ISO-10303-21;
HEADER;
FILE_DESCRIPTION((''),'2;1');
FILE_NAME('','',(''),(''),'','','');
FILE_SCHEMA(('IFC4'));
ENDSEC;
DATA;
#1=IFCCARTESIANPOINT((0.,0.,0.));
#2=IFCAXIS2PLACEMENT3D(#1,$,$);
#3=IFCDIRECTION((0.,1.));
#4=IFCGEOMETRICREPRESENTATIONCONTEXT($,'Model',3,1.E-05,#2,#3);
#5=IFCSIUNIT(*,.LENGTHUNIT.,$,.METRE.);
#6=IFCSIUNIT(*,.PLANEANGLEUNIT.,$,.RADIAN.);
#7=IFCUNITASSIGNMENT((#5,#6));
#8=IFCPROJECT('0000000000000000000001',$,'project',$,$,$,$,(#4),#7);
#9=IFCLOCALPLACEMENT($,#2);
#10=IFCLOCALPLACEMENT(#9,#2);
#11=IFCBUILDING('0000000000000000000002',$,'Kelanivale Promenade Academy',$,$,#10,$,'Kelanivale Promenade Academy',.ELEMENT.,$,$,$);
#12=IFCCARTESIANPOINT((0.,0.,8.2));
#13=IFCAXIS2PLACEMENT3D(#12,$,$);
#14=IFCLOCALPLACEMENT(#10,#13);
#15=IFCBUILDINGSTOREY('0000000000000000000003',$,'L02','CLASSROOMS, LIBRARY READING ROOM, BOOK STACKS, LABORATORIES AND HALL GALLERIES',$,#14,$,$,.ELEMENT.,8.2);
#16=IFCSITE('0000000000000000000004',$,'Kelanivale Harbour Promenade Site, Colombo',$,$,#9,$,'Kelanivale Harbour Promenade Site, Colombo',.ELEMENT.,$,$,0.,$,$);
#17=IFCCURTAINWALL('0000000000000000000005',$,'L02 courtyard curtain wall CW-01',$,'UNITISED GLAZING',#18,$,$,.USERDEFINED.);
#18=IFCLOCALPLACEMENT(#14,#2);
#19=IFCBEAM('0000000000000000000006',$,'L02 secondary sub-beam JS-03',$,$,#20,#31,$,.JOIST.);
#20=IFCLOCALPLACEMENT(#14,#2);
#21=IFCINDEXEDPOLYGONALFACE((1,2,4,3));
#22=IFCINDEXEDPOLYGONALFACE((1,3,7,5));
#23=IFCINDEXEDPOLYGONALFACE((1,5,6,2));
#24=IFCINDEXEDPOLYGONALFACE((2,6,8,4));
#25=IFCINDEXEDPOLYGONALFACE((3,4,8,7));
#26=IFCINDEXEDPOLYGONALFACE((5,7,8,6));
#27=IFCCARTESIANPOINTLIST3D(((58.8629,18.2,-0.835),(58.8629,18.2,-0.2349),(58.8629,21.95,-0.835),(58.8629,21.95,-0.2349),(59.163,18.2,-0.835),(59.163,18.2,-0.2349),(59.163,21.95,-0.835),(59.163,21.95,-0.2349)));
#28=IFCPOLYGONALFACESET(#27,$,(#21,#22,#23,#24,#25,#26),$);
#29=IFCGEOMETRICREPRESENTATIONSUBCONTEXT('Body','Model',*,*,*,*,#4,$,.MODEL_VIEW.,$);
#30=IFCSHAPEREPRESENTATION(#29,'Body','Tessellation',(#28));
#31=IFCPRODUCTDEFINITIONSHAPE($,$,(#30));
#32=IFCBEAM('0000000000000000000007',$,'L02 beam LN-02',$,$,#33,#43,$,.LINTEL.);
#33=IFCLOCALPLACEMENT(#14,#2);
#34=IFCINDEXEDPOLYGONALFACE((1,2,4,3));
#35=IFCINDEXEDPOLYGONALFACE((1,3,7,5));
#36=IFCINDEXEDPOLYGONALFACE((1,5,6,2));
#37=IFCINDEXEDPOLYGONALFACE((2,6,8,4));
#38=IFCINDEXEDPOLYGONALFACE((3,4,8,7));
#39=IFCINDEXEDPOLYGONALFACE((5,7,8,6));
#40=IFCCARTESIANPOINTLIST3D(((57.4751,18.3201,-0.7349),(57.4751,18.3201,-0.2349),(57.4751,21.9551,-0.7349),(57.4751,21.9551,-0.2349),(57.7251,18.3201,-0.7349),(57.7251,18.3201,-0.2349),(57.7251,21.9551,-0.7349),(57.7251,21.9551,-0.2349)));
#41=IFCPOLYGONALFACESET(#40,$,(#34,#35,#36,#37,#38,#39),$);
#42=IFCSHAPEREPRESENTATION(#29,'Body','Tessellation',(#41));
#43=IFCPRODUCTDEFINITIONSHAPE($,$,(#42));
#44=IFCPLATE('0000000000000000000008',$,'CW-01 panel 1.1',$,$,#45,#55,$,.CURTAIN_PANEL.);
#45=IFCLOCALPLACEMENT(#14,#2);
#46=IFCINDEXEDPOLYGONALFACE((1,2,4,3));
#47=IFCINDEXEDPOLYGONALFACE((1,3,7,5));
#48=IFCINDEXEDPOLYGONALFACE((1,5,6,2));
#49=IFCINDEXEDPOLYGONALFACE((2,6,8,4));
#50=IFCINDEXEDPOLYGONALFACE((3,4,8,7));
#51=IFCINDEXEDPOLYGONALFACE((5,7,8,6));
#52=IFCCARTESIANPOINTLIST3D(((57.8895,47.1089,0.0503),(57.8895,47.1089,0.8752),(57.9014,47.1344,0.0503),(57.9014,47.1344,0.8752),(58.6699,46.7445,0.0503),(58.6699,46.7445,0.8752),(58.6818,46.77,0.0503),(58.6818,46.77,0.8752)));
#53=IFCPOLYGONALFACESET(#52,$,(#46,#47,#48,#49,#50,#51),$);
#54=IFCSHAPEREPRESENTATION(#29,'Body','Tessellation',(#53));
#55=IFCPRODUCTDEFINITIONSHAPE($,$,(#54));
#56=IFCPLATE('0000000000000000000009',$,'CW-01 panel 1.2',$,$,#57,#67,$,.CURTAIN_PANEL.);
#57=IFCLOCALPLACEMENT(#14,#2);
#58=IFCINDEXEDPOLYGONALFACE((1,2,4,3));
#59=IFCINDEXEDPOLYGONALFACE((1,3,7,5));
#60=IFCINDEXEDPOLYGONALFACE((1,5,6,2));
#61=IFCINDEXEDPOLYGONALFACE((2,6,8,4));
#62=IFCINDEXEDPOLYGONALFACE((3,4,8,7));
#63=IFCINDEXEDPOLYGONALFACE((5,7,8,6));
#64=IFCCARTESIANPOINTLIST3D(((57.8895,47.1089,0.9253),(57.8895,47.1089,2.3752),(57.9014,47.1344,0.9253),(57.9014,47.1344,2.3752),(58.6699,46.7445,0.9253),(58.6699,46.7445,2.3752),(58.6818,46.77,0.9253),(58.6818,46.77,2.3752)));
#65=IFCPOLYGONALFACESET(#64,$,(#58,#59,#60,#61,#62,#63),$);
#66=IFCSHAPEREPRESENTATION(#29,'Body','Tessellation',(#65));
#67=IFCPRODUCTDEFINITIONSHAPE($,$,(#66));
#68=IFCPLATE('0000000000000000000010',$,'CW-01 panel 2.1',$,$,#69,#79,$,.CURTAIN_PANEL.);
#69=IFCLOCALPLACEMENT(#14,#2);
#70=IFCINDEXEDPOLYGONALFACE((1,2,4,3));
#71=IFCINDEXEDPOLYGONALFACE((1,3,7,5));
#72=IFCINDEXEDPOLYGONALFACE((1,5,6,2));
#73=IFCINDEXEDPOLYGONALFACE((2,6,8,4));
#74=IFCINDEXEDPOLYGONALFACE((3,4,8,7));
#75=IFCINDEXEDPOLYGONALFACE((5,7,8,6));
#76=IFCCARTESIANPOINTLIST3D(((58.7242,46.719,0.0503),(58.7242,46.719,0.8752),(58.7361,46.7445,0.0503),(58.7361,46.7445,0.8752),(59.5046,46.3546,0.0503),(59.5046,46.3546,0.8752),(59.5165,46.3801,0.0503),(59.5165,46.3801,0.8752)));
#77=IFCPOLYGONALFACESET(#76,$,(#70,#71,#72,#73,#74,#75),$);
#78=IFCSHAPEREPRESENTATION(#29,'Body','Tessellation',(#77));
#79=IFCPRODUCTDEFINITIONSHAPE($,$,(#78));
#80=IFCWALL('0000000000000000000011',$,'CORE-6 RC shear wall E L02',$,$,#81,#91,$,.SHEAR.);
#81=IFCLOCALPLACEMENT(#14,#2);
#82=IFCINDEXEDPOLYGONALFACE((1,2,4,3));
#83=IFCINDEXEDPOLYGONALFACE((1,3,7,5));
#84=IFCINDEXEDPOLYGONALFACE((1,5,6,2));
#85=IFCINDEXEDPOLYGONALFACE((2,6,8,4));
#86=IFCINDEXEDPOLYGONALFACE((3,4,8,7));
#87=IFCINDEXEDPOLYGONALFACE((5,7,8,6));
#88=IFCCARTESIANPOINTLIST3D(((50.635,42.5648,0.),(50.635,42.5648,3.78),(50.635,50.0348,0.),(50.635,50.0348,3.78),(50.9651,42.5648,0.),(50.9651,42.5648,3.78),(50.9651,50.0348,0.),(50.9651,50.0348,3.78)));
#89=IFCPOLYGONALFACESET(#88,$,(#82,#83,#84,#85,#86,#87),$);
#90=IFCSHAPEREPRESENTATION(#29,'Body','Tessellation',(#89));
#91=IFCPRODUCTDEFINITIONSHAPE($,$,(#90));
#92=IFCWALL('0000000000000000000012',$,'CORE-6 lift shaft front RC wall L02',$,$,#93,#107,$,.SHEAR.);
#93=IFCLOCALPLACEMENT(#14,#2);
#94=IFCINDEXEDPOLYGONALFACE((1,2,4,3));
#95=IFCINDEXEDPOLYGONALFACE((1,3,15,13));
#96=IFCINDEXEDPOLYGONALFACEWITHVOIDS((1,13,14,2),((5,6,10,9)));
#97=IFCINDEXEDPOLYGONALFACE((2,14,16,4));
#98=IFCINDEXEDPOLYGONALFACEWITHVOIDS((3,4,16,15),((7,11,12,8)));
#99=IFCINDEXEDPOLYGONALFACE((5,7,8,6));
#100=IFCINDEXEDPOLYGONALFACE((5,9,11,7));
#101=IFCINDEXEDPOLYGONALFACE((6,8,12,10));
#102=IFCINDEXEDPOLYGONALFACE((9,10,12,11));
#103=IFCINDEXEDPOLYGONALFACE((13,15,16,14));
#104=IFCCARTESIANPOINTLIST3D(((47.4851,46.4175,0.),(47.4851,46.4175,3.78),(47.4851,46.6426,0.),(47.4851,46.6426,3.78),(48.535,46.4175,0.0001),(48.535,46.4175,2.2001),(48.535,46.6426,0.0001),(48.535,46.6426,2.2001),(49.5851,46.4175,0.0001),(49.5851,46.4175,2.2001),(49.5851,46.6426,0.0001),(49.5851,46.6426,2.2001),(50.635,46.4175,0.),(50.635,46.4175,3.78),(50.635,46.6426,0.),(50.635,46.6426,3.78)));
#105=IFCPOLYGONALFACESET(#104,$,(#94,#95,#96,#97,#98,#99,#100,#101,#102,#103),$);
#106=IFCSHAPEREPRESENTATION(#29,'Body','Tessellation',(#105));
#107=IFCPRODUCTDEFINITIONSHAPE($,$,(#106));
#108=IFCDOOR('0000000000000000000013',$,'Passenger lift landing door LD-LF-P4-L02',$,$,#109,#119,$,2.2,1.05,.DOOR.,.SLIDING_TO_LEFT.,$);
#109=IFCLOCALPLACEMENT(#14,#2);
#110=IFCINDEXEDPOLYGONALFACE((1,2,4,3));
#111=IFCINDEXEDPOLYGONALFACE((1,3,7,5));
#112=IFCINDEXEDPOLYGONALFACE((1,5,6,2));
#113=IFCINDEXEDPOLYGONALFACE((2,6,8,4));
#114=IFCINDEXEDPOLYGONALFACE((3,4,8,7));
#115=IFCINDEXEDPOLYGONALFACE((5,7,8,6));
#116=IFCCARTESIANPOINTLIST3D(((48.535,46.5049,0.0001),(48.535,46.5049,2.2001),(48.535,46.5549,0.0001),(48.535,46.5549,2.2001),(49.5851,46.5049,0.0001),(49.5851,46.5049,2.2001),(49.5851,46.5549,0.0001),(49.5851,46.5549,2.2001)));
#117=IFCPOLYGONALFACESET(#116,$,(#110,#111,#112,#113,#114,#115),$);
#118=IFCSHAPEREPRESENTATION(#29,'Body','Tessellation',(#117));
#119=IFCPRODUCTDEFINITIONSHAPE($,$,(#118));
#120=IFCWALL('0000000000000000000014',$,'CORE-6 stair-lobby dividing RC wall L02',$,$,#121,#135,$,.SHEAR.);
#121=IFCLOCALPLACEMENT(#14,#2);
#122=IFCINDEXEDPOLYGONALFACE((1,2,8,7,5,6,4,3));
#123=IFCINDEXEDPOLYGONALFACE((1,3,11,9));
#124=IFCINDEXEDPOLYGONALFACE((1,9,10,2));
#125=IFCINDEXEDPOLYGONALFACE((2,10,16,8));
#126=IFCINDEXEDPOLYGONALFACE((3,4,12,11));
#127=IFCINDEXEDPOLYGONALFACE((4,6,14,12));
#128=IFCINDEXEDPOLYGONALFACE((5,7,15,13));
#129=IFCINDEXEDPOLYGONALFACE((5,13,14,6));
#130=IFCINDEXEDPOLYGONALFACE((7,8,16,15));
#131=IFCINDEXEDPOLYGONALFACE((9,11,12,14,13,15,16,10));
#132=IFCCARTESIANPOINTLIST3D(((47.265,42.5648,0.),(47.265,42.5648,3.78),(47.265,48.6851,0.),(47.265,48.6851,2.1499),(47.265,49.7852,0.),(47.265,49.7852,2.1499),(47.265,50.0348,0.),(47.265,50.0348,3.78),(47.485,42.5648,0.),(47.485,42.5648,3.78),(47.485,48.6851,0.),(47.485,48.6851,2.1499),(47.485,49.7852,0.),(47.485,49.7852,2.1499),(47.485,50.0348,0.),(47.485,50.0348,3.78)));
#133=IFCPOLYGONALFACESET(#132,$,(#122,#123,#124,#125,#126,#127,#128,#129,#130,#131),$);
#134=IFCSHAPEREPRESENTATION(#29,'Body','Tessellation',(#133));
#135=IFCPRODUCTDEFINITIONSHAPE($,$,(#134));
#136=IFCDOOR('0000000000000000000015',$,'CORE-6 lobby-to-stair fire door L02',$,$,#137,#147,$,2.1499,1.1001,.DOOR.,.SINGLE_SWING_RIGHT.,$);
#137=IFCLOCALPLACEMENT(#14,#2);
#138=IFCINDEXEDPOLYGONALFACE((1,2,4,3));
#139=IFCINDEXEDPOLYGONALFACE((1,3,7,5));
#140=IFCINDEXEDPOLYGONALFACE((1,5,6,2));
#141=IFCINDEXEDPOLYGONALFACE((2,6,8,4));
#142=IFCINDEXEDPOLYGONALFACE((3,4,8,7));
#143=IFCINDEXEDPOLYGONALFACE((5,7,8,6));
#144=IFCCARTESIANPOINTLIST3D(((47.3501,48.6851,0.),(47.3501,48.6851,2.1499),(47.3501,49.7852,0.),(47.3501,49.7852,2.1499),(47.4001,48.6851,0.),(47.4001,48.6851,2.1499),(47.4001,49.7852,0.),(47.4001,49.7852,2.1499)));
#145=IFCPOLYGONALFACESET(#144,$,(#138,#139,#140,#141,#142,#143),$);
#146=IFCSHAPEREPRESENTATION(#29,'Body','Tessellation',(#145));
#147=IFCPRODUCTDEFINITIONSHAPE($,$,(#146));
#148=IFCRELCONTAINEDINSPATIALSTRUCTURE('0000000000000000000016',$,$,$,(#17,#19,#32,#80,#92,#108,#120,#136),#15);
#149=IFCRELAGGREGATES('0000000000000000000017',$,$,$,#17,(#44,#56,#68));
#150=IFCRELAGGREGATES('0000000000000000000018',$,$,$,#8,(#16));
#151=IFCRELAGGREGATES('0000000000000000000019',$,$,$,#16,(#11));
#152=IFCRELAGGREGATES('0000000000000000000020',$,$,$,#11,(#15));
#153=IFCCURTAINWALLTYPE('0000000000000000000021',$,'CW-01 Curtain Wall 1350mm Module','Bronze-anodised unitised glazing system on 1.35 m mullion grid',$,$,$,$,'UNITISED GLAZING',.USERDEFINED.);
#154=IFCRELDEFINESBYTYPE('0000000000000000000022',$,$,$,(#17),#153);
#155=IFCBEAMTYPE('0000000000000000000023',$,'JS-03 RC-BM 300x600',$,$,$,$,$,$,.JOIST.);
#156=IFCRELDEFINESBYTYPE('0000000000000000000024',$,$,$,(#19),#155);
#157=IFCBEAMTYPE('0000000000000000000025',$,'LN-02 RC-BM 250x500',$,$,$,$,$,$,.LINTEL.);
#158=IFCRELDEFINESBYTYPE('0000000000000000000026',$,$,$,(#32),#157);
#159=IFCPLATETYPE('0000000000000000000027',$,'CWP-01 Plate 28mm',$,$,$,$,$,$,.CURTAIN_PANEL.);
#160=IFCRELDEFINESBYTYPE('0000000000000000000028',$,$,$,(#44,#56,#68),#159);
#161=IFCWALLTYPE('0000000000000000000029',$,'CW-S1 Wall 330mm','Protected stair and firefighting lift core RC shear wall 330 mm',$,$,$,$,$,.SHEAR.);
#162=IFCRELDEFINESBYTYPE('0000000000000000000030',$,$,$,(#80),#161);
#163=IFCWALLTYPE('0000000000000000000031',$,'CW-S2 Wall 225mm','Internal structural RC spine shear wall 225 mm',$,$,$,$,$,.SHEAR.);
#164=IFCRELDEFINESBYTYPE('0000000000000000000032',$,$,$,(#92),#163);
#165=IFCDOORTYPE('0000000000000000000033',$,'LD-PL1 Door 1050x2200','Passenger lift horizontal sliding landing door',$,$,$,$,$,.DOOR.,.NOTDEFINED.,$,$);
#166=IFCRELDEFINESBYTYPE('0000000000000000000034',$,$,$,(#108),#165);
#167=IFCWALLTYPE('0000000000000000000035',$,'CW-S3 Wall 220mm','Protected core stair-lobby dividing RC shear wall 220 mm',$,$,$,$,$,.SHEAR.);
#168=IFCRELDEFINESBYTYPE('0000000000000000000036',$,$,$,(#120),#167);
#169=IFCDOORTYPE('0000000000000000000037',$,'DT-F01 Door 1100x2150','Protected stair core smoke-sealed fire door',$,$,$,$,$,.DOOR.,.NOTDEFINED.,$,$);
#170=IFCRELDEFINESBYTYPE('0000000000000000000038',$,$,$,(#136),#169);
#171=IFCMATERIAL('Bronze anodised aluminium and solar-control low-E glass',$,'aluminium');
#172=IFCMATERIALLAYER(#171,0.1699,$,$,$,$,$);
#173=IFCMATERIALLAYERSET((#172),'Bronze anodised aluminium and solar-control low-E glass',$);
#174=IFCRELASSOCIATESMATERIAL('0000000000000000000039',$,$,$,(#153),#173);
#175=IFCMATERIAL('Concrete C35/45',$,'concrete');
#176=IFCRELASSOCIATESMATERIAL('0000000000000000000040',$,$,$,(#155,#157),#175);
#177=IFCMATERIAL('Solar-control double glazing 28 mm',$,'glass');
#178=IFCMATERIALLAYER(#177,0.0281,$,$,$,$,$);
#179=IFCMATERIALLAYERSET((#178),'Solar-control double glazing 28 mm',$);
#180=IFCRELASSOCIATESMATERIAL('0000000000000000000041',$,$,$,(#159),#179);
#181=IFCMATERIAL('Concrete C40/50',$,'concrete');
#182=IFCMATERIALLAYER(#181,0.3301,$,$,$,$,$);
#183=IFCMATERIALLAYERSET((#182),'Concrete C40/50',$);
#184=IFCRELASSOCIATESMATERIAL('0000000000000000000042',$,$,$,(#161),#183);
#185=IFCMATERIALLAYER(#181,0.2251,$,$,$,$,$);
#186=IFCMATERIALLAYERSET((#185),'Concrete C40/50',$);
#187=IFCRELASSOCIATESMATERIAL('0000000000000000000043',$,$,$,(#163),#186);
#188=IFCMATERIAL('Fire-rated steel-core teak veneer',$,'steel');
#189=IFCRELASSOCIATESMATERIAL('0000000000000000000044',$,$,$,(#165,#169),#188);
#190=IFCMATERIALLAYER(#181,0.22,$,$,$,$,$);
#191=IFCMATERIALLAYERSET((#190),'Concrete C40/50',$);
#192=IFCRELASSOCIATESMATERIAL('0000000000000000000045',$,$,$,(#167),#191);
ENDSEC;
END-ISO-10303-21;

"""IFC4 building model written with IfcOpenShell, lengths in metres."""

from ifc_helpers import new_model, si_unit, direction, frame, frame_2d, origin, origin_2d, place, context, subcontext, project, spatial, rectangle, extrude, material, layer, layer_set, material_profile, profile_set, type_object, element, fill, aggregate, save


model = new_model("IFC4")

# Units and contexts
model_context = context("Model", 3, precision=1e-05, world=origin(), true_north=direction((0.0, 1.0)))
body_context = subcontext(model_context, "Body", "Model", "MODEL_VIEW")
ifc_project = project(units=[si_unit("LENGTHUNIT", "METRE"), si_unit("PLANEANGLEUNIT", "RADIAN")], contexts=[model_context])

# Site, building, storey
site_placement = place(None, origin())
site = spatial("IfcSite", under=ifc_project, at=site_placement, Name="Kelanivale Harbour Promenade Site, Colombo", LongName="Kelanivale Harbour Promenade Site, Colombo", CompositionType="ELEMENT", RefElevation=0.0)
building_placement = place(site_placement, origin())
building = spatial("IfcBuilding", under=site, at=building_placement, Name="Kelanivale Promenade Academy", LongName="Kelanivale Promenade Academy", CompositionType="ELEMENT")
storey_placement = place(building_placement, frame((0.0, 0.0, 8.2)))
storey = spatial("IfcBuildingStorey", under=building, at=storey_placement, Name="L02", Description="CLASSROOMS, LIBRARY READING ROOM, BOOK STACKS, LABORATORIES AND HALL GALLERIES", CompositionType="ELEMENT", Elevation=8.2)

# Shared definitions
ifc_material_1 = material(Name="Concrete C40/50", Category="concrete")

# Shared definitions
ifc_material_2 = material(Name="Concrete C35/45", Category="concrete")

# Curtain wall
ifc_material_3 = material(Name="Bronze anodised aluminium and solar-control low-E glass", Category="aluminium")
ifc_layer_1 = layer(ifc_material_3, 0.1699)
ifc_layer_set_1 = layer_set([ifc_layer_1], Name="Bronze anodised aluminium and solar-control low-E glass")
curtain_wall_type = type_object("IfcCurtainWallType", Name="CW-01 Curtain Wall 1350mm Module", Description="Bronze-anodised unitised glazing system on 1.35 m mullion grid", ElementType="UNITISED GLAZING", PredefinedType="USERDEFINED", material=ifc_layer_set_1)
curtain_wall_placement = place(storey_placement, origin())
curtain_wall = element("IfcCurtainWall", 1, at=curtain_wall_placement, inside=storey, type_object=curtain_wall_type, Name="L02 courtyard curtain wall CW-01", ObjectType="UNITISED GLAZING", PredefinedType="USERDEFINED")

# Beams
ifc_material_profile_1 = material_profile(ifc_material_2, rectangle(XDim=0.3, YDim=0.6001, at=origin_2d()), Name="RC-BM 300x600")
ifc_profile_set_1 = profile_set([ifc_material_profile_1], Name="Concrete C35/45")
beam_type_1 = type_object("IfcBeamType", Name="JS-03 RC-BM 300x600", PredefinedType="JOIST", material=ifc_profile_set_1)
beam_1_placement = place(storey_placement, frame((59.0129, 18.2, -0.5349), z_axis=(0.0, 1.0, 0.0), x_axis=(-1.0, 0.0, 0.0)))
element("IfcBeam", 2, at=beam_1_placement, inside=storey, type_object=beam_type_1, Name="L02 secondary sub-beam JS-03", PredefinedType="JOIST", context=body_context, shape_type="SweptSolid", body=[
    extrude(rectangle(XDim=0.3, YDim=0.6001, at=origin_2d()), origin(), (0.0, 0.0, 1.0), 3.75),
])
ifc_material_profile_2 = material_profile(ifc_material_2, rectangle(XDim=0.25, YDim=0.5, at=origin_2d()), Name="RC-BM 250x500")
ifc_profile_set_2 = profile_set([ifc_material_profile_2], Name="Concrete C35/45")
beam_type_2 = type_object("IfcBeamType", Name="LN-02 RC-BM 250x500", PredefinedType="LINTEL", material=ifc_profile_set_2)
beam_2_placement = place(storey_placement, frame((57.6001, 18.3201, -0.4849), z_axis=(0.0, 1.0, 0.0), x_axis=(-1.0, 0.0, 0.0)))
element("IfcBeam", 3, at=beam_2_placement, inside=storey, type_object=beam_type_2, Name="L02 beam LN-02", PredefinedType="LINTEL", context=body_context, shape_type="SweptSolid", body=[
    extrude(rectangle(XDim=0.25, YDim=0.5, at=origin_2d()), origin(), (0.0, 0.0, 1.0), 3.635),
])

# Plates
ifc_material_4 = material(Name="Solar-control double glazing 28 mm", Category="glass")
ifc_layer_2 = layer(ifc_material_4, 0.0281)
ifc_layer_set_2 = layer_set([ifc_layer_2], Name="Solar-control double glazing 28 mm")
plate_type = type_object("IfcPlateType", Name="CWP-01 Plate 28mm", PredefinedType="CURTAIN_PANEL", material=ifc_layer_set_2)
plate_1_placement = place(storey_placement, frame((58.2856, 46.9395, 0.0503), z_axis=(0.0, 0.0, 1.0), x_axis=(0.906089, -0.423087, 0.0)))
plate_1 = element("IfcPlate", 4, at=plate_1_placement, type_object=plate_type, Name="CW-01 panel 1.1", PredefinedType="CURTAIN_PANEL", context=body_context, shape_type="SweptSolid", body=[
    extrude(rectangle(XDim=0.8613, YDim=0.0281, at=origin_2d()), origin(), (0.0, 0.0, 1.0), 0.825),
])
plate_2_placement = place(storey_placement, frame((58.2856, 46.9395, 0.9253), z_axis=(0.0, 0.0, 1.0), x_axis=(0.906089, -0.423087, 0.0)))
plate_2 = element("IfcPlate", 5, at=plate_2_placement, type_object=plate_type, Name="CW-01 panel 1.2", PredefinedType="CURTAIN_PANEL", context=body_context, shape_type="SweptSolid", body=[
    extrude(rectangle(XDim=0.8613, YDim=0.0281, at=origin_2d()), origin(), (0.0, 0.0, 1.0), 1.45),
])
plate_3_placement = place(storey_placement, frame((59.1204, 46.5496, 0.0503), z_axis=(0.0, 0.0, 1.0), x_axis=(0.906089, -0.423087, 0.0)))
plate_3 = element("IfcPlate", 6, at=plate_3_placement, type_object=plate_type, Name="CW-01 panel 2.1", PredefinedType="CURTAIN_PANEL", context=body_context, shape_type="SweptSolid", body=[
    extrude(rectangle(XDim=0.8613, YDim=0.0281, at=origin_2d()), origin(), (0.0, 0.0, 1.0), 0.825),
])
aggregate(curtain_wall, [plate_1, plate_2, plate_3])

# Wall
ifc_layer_3 = layer(ifc_material_1, 0.3301)
ifc_layer_set_3 = layer_set([ifc_layer_3], Name="Concrete C40/50")
wall_type_1 = type_object("IfcWallType", Name="CW-S1 Wall 330mm", Description="Protected stair and firefighting lift core RC shear wall 330 mm", PredefinedType="SHEAR", material=ifc_layer_set_3)
wall_1_placement = place(storey_placement, frame((50.8, 42.5649, 0.0), z_axis=(0.0, 0.0, 1.0), x_axis=(0.0, 1.0, 0.0)))
element("IfcWall", 7, at=wall_1_placement, inside=storey, type_object=wall_type_1, Name="CORE-6 RC shear wall E L02", PredefinedType="SHEAR", context=body_context, shape_type="SweptSolid", body=[
    extrude(rectangle(XDim=7.47, YDim=0.3301, at=frame_2d((3.7349, 0.0))), origin(), (0.0, 0.0, 1.0), 3.78),
])

# Walls, openings, doors
ifc_layer_4 = layer(ifc_material_1, 0.2251)
ifc_layer_set_4 = layer_set([ifc_layer_4], Name="Concrete C40/50")
wall_type_2 = type_object("IfcWallType", Name="CW-S2 Wall 225mm", Description="Internal structural RC spine shear wall 225 mm", PredefinedType="SHEAR", material=ifc_layer_set_4)
wall_2_placement = place(storey_placement, frame((47.4851, 46.53, 0.0), z_axis=(0.0, 0.0, 1.0), x_axis=(1.0, 0.0, 0.0)))
wall_2 = element("IfcWall", 8, at=wall_2_placement, inside=storey, type_object=wall_type_2, Name="CORE-6 lift shaft front RC wall L02", PredefinedType="SHEAR", context=body_context, shape_type="SweptSolid", body=[
    extrude(rectangle(XDim=3.1499, YDim=0.2251, at=frame_2d((1.575, 0.0))), origin(), (0.0, 0.0, 1.0), 3.78),
])
opening_1_placement = place(wall_2_placement, frame((1.05, 0.0, 0.0)))
opening_1 = element("IfcOpeningElement", 9, at=opening_1_placement, cuts=wall_2, PredefinedType="OPENING", context=body_context, shape_type="SweptSolid", body=[
    extrude(rectangle(XDim=1.05, YDim=2.2, at=frame_2d((0.5249, 1.1001))), frame((0.0, 0.1226, 0.0), z_axis=(0.0, -1.0, 0.0), x_axis=(1.0, 0.0, 0.0)), (0.0, 0.0, 1.0), 0.2451),
])
ifc_material_5 = material(Name="Fire-rated steel-core teak veneer", Category="steel")
door_type_1 = type_object("IfcDoorType", Name="LD-PL1 Door 1050x2200", Description="Passenger lift horizontal sliding landing door", OperationType="NOTDEFINED", PredefinedType="DOOR", material=ifc_material_5)
door_1_placement = place(opening_1_placement, origin())
door_1 = element("IfcDoor", 10, at=door_1_placement, inside=storey, type_object=door_type_1, Name="Passenger lift landing door LD-LF-P4-L02", OperationType="SLIDING_TO_LEFT", OverallHeight=2.2, OverallWidth=1.05, PredefinedType="DOOR", context=body_context, shape_type="SweptSolid", body=[
    extrude(rectangle(XDim=1.05, YDim=2.2, at=frame_2d((0.5249, 1.1001))), frame((0.0, 0.0249, 0.0), z_axis=(0.0, -1.0, 0.0), x_axis=(1.0, 0.0, 0.0)), (0.0, 0.0, 1.0), 0.05),
])
fill(opening_1, door_1)
ifc_layer_5 = layer(ifc_material_1, 0.22)
ifc_layer_set_5 = layer_set([ifc_layer_5], Name="Concrete C40/50")
wall_type_3 = type_object("IfcWallType", Name="CW-S3 Wall 220mm", Description="Protected core stair-lobby dividing RC shear wall 220 mm", PredefinedType="SHEAR", material=ifc_layer_set_5)
wall_3_placement = place(storey_placement, frame((47.375, 42.5649, 0.0), z_axis=(0.0, 0.0, 1.0), x_axis=(0.0, 1.0, 0.0)))
wall_3 = element("IfcWall", 11, at=wall_3_placement, inside=storey, type_object=wall_type_3, Name="CORE-6 stair-lobby dividing RC wall L02", PredefinedType="SHEAR", context=body_context, shape_type="SweptSolid", body=[
    extrude(rectangle(XDim=7.47, YDim=0.22, at=frame_2d((3.7349, 0.0))), origin(), (0.0, 0.0, 1.0), 3.78),
])
opening_2_placement = place(wall_3_placement, frame((6.1201, 0.0, 0.0)))
opening_2 = element("IfcOpeningElement", 12, at=opening_2_placement, cuts=wall_3, PredefinedType="OPENING", context=body_context, shape_type="SweptSolid", body=[
    extrude(rectangle(XDim=1.1001, YDim=2.1499, at=frame_2d((0.55, 1.075))), frame((0.0, 0.1201, 0.0), z_axis=(0.0, -1.0, 0.0), x_axis=(1.0, 0.0, 0.0)), (0.0, 0.0, 1.0), 0.24),
])
door_type_2 = type_object("IfcDoorType", Name="DT-F01 Door 1100x2150", Description="Protected stair core smoke-sealed fire door", OperationType="NOTDEFINED", PredefinedType="DOOR", material=ifc_material_5)
door_2_placement = place(opening_2_placement, origin())
door_2 = element("IfcDoor", 13, at=door_2_placement, inside=storey, type_object=door_type_2, Name="CORE-6 lobby-to-stair fire door L02", OperationType="SINGLE_SWING_RIGHT", OverallHeight=2.1499, OverallWidth=1.1001, PredefinedType="DOOR", context=body_context, shape_type="SweptSolid", body=[
    extrude(rectangle(XDim=1.1001, YDim=2.1499, at=frame_2d((0.55, 1.075))), frame((0.0, 0.0249, 0.0), z_axis=(0.0, -1.0, 0.0), x_axis=(1.0, 0.0, 0.0)), (0.0, 0.0, 1.0), 0.05),
])
fill(opening_2, door_2)

save(model, "model.ifc")
